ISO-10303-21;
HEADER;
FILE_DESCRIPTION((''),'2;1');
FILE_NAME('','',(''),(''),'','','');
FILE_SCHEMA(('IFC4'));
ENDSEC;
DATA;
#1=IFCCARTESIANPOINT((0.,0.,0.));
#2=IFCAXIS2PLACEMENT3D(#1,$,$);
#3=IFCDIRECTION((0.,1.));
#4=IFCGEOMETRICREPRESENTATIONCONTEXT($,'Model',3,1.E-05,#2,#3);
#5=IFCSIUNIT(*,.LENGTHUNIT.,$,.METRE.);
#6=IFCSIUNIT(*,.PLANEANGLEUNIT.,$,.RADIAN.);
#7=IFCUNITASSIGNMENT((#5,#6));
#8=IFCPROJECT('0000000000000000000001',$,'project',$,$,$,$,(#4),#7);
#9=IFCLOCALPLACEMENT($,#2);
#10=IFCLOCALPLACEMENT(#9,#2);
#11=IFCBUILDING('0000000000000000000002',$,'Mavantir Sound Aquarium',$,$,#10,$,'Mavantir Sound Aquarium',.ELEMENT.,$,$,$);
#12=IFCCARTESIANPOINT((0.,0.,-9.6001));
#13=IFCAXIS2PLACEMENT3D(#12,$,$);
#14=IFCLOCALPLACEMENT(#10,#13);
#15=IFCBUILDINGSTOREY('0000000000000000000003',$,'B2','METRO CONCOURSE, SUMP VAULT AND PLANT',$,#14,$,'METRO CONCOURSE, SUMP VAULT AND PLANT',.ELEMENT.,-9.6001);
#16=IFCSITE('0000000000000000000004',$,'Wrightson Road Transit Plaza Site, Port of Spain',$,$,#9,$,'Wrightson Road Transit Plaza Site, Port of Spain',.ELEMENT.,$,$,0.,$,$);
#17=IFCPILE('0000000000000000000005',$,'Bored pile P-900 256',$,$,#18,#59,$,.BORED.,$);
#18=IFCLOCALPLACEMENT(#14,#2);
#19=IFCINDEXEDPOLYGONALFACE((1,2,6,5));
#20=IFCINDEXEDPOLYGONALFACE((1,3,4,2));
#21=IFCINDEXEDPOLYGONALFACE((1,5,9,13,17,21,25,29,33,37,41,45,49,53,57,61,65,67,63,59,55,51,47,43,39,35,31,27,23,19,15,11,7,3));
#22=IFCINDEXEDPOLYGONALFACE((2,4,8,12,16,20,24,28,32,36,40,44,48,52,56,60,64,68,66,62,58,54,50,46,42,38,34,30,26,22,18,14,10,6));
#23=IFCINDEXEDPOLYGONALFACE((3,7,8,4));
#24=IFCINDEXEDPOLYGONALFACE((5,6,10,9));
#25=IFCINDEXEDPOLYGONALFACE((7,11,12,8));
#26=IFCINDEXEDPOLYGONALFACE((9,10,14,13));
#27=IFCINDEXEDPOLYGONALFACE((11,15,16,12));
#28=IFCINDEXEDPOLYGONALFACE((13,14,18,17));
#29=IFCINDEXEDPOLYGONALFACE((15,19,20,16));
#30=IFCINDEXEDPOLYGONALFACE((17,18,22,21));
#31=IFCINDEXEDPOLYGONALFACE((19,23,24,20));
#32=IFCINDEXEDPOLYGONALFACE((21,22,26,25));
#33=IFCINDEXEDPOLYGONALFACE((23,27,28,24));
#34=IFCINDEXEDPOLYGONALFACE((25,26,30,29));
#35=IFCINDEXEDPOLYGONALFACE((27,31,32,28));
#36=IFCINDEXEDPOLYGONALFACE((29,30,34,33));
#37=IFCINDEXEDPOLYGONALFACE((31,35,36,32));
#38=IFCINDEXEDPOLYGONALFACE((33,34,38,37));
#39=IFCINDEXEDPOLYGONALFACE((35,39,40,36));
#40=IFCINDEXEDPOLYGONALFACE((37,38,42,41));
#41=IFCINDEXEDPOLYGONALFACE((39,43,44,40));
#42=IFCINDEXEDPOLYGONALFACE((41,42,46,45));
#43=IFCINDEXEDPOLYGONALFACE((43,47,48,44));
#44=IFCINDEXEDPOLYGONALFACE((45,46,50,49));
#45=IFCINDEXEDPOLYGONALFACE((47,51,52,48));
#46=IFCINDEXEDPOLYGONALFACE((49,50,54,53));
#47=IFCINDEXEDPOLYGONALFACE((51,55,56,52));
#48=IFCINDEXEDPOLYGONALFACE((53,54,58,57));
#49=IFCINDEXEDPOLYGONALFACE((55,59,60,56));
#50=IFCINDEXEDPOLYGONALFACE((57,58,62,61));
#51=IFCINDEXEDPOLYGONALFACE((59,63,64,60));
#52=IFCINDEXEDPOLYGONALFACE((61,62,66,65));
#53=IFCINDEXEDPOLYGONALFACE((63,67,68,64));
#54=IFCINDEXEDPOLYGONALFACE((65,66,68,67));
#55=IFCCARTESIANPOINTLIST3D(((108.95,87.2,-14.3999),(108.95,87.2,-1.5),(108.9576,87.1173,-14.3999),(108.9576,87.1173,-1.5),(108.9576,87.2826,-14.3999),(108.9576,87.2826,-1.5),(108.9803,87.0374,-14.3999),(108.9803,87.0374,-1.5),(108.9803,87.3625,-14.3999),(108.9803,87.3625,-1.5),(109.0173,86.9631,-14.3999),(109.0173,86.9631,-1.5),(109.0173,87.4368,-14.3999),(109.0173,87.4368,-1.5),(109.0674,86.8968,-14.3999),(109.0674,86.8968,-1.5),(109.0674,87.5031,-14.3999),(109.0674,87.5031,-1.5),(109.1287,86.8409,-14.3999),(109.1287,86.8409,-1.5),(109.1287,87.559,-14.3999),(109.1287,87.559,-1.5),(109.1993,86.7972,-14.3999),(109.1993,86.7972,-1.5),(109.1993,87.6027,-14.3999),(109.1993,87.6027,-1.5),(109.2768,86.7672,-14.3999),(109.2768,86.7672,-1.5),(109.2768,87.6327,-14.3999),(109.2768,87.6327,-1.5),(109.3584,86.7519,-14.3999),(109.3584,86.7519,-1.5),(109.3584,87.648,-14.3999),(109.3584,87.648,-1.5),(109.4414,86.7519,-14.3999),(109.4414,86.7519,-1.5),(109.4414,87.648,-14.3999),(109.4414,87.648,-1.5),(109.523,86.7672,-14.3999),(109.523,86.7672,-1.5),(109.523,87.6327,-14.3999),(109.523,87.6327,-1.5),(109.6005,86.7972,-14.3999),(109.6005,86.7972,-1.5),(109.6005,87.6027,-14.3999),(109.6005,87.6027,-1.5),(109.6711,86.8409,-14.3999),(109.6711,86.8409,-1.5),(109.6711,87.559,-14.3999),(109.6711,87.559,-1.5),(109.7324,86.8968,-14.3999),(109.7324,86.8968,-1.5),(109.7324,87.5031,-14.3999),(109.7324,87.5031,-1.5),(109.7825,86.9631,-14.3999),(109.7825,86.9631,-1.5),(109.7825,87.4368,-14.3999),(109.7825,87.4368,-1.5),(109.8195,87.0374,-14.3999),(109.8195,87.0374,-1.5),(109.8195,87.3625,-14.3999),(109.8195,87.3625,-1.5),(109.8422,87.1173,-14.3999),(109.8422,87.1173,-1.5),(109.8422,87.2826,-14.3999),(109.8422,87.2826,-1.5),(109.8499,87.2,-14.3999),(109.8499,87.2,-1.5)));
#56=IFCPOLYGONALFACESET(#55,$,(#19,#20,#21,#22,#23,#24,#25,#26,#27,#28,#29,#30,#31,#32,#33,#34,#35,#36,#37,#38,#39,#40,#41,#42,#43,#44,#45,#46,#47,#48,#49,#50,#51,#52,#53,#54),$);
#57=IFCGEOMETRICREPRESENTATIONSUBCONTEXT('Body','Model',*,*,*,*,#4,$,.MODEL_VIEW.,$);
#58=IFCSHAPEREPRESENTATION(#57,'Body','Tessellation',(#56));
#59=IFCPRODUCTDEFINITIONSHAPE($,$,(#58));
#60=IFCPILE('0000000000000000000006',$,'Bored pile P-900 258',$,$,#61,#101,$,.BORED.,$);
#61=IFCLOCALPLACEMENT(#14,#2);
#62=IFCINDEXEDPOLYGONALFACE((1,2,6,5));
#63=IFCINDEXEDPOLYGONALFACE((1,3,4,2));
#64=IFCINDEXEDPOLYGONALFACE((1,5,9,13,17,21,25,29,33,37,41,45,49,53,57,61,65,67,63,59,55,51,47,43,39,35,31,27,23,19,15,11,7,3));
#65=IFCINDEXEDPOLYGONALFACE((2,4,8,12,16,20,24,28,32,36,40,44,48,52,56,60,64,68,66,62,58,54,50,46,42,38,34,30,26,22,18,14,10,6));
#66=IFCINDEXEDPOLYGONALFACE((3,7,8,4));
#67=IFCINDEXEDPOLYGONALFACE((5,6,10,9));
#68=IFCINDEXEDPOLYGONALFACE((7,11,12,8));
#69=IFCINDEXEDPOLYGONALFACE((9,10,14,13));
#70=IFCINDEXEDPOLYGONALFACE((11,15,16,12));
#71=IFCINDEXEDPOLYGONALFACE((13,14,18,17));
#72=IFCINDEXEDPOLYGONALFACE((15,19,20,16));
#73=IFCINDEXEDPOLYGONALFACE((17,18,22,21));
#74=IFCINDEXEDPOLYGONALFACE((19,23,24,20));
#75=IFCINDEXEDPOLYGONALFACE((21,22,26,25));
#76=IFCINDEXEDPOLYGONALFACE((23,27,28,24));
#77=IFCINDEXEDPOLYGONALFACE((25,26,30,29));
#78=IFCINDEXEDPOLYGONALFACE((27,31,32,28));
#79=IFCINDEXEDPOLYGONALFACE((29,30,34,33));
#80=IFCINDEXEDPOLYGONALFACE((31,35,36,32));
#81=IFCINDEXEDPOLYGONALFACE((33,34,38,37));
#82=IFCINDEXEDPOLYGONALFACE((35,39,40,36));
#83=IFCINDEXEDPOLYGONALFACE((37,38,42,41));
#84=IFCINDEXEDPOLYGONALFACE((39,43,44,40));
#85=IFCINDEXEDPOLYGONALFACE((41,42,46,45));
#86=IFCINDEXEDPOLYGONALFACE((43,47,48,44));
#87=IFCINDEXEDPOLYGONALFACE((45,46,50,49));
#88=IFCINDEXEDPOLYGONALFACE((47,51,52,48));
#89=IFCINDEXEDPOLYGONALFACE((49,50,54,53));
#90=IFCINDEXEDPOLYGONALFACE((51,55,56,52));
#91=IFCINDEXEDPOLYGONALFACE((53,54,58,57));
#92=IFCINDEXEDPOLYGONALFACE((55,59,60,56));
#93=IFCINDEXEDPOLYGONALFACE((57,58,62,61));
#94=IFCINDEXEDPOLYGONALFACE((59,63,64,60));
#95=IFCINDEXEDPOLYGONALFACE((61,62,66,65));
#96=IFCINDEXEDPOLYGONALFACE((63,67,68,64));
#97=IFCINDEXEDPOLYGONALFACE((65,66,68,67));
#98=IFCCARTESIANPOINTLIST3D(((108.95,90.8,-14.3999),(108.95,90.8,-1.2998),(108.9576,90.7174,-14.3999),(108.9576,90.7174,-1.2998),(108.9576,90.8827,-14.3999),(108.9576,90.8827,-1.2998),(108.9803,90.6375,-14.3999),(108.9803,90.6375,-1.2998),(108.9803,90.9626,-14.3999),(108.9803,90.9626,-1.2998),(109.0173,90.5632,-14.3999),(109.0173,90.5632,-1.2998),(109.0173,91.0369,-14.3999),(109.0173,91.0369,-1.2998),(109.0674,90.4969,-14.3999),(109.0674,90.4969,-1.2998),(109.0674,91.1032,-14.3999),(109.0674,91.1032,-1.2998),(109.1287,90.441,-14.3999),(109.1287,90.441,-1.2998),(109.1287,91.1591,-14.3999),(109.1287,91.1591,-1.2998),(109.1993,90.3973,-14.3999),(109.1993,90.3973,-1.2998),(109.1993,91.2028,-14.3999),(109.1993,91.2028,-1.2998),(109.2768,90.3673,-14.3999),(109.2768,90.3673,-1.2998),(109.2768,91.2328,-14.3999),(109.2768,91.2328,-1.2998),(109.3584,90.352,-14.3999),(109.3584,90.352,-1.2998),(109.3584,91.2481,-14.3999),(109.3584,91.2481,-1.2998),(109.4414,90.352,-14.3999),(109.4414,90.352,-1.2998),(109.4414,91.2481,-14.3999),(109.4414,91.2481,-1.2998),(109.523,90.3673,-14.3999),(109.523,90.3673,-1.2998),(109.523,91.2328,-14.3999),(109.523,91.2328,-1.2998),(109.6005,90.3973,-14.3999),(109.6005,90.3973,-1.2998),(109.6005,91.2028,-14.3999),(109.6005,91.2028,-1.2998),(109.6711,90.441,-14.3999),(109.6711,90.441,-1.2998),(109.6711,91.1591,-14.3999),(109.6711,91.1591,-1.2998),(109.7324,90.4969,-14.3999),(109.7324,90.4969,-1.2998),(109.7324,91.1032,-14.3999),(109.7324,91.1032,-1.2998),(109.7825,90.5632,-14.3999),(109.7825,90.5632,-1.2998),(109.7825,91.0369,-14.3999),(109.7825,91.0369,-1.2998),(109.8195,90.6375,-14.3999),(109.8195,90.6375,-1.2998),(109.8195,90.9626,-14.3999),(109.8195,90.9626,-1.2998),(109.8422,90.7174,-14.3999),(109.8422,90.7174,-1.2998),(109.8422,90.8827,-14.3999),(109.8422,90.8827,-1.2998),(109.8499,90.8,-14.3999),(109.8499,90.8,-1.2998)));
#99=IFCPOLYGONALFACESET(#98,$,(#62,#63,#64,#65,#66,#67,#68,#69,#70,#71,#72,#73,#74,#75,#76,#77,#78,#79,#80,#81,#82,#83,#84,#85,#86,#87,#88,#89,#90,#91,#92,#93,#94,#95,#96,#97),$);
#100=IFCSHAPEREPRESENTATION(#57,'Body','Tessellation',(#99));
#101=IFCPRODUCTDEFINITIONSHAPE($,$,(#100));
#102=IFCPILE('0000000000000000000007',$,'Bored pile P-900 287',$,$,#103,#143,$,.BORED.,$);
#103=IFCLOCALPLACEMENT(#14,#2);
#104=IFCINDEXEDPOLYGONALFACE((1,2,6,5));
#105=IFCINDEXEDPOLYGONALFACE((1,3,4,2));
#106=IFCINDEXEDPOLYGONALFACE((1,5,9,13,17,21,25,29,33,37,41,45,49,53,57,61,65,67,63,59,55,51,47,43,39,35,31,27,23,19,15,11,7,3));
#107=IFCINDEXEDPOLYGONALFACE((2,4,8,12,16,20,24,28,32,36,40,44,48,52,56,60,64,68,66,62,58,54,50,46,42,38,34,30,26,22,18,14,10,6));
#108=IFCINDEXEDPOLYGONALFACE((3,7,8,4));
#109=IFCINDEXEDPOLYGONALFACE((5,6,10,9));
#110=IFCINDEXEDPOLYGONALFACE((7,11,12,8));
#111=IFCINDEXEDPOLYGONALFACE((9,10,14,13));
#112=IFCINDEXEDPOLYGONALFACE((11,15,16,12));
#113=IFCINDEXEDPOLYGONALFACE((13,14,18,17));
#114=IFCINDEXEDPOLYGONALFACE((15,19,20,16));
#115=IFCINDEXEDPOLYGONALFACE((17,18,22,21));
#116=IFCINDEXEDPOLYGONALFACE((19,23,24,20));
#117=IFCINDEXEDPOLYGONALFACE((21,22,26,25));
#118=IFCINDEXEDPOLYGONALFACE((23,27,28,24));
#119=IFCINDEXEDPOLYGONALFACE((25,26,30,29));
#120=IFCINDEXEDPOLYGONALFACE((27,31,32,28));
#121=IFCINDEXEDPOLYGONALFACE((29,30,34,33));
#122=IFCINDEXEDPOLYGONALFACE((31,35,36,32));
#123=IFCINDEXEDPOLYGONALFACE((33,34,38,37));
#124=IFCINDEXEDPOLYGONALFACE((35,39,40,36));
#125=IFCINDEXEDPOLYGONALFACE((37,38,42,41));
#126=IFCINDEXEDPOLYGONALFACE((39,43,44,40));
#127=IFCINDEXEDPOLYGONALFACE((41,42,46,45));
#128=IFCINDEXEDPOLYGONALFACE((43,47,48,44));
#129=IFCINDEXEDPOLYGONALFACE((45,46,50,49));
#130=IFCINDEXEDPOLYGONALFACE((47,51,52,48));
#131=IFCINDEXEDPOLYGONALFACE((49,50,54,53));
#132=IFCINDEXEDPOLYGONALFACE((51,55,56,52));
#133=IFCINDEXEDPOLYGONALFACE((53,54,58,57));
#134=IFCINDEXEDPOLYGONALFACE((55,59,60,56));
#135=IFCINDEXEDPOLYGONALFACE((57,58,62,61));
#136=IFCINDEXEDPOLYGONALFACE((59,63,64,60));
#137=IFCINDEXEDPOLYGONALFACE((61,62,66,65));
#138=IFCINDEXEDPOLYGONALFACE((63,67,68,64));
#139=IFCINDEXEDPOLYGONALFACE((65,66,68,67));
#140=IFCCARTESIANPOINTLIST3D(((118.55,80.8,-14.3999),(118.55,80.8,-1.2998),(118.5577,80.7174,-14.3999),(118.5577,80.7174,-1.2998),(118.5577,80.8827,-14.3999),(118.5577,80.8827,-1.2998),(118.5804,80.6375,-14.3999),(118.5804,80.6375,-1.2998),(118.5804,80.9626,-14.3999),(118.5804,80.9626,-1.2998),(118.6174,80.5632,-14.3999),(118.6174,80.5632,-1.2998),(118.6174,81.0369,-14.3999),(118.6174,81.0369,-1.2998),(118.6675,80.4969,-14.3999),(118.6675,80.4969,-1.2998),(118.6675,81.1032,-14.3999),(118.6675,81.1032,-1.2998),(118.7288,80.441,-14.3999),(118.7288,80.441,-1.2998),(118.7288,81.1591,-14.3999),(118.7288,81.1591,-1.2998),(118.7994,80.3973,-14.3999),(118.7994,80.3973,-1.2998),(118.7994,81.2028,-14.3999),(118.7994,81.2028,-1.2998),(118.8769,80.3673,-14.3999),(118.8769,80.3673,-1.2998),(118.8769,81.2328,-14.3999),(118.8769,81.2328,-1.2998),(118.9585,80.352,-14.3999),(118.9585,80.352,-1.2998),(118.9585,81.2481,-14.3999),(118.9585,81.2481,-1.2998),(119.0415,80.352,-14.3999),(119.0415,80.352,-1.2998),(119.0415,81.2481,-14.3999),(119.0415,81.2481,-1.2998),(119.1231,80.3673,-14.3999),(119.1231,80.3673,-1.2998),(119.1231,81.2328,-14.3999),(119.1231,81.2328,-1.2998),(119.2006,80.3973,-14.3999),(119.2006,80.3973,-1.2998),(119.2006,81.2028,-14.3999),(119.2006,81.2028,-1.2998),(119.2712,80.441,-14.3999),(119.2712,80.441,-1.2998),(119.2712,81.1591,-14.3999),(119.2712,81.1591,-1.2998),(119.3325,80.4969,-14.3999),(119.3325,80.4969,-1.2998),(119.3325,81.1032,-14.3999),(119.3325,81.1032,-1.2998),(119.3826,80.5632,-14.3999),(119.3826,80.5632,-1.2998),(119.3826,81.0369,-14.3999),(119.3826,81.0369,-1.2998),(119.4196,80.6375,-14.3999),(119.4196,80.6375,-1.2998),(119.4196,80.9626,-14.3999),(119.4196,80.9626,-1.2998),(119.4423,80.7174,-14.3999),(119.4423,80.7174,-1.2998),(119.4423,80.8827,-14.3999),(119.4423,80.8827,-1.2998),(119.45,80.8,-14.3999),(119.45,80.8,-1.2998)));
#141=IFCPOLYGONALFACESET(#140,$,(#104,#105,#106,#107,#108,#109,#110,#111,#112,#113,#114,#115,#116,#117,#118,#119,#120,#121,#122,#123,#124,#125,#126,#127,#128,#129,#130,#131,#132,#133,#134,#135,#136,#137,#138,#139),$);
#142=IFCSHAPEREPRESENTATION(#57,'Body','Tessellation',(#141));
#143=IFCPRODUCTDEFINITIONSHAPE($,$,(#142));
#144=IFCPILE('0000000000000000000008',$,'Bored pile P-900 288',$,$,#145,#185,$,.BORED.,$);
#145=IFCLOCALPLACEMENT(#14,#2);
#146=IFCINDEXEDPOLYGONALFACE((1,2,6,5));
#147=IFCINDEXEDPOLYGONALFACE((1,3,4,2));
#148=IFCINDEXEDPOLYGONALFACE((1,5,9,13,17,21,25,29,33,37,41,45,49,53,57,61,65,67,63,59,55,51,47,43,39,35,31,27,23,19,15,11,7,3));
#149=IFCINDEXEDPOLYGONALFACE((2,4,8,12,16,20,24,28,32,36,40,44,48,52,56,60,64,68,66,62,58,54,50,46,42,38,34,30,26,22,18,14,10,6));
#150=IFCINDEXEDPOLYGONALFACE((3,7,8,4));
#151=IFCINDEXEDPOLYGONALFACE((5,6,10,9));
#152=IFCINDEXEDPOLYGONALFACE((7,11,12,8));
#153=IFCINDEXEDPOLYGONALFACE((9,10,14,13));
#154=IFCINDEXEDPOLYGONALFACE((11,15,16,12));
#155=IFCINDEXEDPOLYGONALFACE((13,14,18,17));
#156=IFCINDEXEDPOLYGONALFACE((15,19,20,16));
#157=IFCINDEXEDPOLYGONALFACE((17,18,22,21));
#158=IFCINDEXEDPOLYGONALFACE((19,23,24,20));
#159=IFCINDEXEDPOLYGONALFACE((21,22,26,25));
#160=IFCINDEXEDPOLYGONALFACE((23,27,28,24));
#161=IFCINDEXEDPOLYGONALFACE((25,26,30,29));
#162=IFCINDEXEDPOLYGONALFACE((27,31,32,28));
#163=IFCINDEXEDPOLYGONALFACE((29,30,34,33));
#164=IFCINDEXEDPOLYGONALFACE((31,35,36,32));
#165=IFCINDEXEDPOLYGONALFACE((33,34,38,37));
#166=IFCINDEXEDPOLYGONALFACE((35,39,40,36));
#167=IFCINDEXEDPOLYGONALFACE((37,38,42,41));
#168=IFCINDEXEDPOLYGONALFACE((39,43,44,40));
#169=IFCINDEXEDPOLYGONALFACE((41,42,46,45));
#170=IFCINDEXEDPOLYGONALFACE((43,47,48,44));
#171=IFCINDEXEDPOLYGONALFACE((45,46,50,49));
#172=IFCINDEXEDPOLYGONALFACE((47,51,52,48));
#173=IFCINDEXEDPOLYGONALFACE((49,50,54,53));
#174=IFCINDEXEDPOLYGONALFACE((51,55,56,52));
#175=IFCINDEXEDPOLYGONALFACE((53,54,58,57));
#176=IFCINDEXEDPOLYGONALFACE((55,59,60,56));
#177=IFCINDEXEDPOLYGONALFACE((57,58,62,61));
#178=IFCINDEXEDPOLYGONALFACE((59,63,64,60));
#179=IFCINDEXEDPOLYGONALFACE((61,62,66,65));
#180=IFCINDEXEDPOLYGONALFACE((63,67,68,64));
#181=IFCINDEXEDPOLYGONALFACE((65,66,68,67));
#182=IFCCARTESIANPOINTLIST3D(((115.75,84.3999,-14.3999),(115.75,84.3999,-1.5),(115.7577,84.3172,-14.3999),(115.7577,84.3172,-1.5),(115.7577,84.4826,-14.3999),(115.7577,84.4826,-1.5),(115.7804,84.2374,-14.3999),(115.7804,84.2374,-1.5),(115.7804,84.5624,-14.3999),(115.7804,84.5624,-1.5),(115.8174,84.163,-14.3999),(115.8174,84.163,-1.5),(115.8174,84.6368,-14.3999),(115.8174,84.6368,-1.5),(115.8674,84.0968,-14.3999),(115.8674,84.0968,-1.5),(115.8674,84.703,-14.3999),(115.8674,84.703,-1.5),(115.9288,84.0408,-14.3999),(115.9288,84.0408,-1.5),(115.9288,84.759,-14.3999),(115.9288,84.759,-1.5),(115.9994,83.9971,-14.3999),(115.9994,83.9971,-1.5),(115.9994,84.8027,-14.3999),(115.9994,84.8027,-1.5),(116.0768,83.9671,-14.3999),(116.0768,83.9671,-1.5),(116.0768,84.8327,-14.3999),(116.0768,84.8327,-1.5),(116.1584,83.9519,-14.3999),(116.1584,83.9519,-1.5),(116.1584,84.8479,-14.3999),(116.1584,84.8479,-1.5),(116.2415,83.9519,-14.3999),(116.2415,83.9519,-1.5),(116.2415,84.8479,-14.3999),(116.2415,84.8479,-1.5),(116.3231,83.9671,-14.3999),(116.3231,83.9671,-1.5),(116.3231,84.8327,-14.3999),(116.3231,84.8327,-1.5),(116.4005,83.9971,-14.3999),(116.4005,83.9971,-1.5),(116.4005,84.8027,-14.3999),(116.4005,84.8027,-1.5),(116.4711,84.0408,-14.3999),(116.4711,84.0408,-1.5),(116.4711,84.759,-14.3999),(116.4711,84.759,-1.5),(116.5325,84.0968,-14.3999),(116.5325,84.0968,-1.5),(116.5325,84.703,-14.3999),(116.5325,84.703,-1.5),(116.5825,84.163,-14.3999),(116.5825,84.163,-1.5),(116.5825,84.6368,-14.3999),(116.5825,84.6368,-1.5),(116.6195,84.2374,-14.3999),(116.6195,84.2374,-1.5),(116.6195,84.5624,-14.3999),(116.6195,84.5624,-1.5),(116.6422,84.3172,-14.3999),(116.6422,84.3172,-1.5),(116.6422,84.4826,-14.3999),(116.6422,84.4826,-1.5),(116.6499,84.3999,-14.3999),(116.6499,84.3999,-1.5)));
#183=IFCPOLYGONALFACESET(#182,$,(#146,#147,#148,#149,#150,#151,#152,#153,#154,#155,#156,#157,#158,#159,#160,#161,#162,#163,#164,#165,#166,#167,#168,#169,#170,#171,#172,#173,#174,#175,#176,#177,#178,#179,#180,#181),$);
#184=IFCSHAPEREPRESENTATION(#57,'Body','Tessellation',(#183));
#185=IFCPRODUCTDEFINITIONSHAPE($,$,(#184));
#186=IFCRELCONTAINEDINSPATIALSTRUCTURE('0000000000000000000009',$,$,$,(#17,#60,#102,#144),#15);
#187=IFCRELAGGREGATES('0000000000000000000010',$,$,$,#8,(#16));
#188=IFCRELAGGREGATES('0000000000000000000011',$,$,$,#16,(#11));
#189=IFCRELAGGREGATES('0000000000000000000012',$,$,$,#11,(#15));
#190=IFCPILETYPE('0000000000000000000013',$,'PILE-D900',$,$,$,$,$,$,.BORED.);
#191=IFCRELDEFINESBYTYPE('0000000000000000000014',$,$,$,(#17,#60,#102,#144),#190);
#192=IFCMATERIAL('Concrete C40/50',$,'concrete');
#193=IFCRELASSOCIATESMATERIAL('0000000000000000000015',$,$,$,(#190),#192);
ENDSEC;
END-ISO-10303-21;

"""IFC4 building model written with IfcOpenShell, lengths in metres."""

from ifc_helpers import new_model, si_unit, direction, frame, origin, origin_2d, place, context, subcontext, project, spatial, circle, extrude, material, material_profile, profile_set, type_object, element, save


model = new_model("IFC4")

# Units and contexts
model_context = context("Model", 3, precision=1e-05, world=origin(), true_north=direction((0.0, 1.0)))
body_context = subcontext(model_context, "Body", "Model", "MODEL_VIEW")
ifc_project = project(units=[si_unit("LENGTHUNIT", "METRE"), si_unit("PLANEANGLEUNIT", "RADIAN")], contexts=[model_context])

# Site, building, storey
site_placement = place(None, origin())
site = spatial("IfcSite", under=ifc_project, at=site_placement, Name="Wrightson Road Transit Plaza Site, Port of Spain", LongName="Wrightson Road Transit Plaza Site, Port of Spain", CompositionType="ELEMENT", RefElevation=0.0)
building_placement = place(site_placement, origin())
building = spatial("IfcBuilding", under=site, at=building_placement, Name="Mavantir Sound Aquarium", LongName="Mavantir Sound Aquarium", CompositionType="ELEMENT")
storey_placement = place(building_placement, frame((0.0, 0.0, -9.6001)))
storey = spatial("IfcBuildingStorey", under=building, at=storey_placement, Name="B2", Description="METRO CONCOURSE, SUMP VAULT AND PLANT", LongName="METRO CONCOURSE, SUMP VAULT AND PLANT", CompositionType="ELEMENT", Elevation=-9.6001)

# Shared definitions
ifc_material_1 = material(Name="Concrete C40/50", Category="concrete")

# Piles
ifc_material_profile_1 = material_profile(ifc_material_1, circle(Radius=0.45, at=origin_2d()), Name="PILE D900")
ifc_profile_set_1 = profile_set([ifc_material_profile_1], Name="Concrete C40/50")
pile_type = type_object("IfcPileType", Name="PILE-D900", PredefinedType="BORED", material=ifc_profile_set_1)
for number, where, z_axis, x_axis, name in (
    (1, (109.3999, 87.2, -1.5), (0.0, 0.0, -1.0), (1.0, 0.0, 0.0), "Bored pile P-900 256"),
):
    element("IfcPile", number, at=place(storey_placement, frame(where, z_axis=z_axis, x_axis=x_axis)), inside=storey, type_object=pile_type, Name=name, PredefinedType="BORED", context=body_context, shape_type="SweptSolid", body=[
        extrude(circle(Radius=0.45, at=origin_2d()), origin(), (0.0, 0.0, 1.0), 12.8999),
    ])
for number, where, z_axis, x_axis, name in (
    (2, (109.3999, 90.8, -1.2998), (0.0, 0.0, -1.0), (1.0, 0.0, 0.0), "Bored pile P-900 258"),
    (3, (119.0, 80.8, -1.2998), (0.0, 0.0, -1.0), (1.0, 0.0, 0.0), "Bored pile P-900 287"),
):
    element("IfcPile", number, at=place(storey_placement, frame(where, z_axis=z_axis, x_axis=x_axis)), inside=storey, type_object=pile_type, Name=name, PredefinedType="BORED", context=body_context, shape_type="SweptSolid", body=[
        extrude(circle(Radius=0.45, at=origin_2d()), origin(), (0.0, 0.0, 1.0), 13.1001),
    ])
for number, where, z_axis, x_axis, name in (
    (4, (116.2, 84.3999, -1.5), (0.0, 0.0, -1.0), (1.0, 0.0, 0.0), "Bored pile P-900 288"),
):
    element("IfcPile", number, at=place(storey_placement, frame(where, z_axis=z_axis, x_axis=x_axis)), inside=storey, type_object=pile_type, Name=name, PredefinedType="BORED", context=body_context, shape_type="SweptSolid", body=[
        extrude(circle(Radius=0.45, at=origin_2d()), origin(), (0.0, 0.0, 1.0), 12.8999),
    ])

save(model, "model.ifc")
